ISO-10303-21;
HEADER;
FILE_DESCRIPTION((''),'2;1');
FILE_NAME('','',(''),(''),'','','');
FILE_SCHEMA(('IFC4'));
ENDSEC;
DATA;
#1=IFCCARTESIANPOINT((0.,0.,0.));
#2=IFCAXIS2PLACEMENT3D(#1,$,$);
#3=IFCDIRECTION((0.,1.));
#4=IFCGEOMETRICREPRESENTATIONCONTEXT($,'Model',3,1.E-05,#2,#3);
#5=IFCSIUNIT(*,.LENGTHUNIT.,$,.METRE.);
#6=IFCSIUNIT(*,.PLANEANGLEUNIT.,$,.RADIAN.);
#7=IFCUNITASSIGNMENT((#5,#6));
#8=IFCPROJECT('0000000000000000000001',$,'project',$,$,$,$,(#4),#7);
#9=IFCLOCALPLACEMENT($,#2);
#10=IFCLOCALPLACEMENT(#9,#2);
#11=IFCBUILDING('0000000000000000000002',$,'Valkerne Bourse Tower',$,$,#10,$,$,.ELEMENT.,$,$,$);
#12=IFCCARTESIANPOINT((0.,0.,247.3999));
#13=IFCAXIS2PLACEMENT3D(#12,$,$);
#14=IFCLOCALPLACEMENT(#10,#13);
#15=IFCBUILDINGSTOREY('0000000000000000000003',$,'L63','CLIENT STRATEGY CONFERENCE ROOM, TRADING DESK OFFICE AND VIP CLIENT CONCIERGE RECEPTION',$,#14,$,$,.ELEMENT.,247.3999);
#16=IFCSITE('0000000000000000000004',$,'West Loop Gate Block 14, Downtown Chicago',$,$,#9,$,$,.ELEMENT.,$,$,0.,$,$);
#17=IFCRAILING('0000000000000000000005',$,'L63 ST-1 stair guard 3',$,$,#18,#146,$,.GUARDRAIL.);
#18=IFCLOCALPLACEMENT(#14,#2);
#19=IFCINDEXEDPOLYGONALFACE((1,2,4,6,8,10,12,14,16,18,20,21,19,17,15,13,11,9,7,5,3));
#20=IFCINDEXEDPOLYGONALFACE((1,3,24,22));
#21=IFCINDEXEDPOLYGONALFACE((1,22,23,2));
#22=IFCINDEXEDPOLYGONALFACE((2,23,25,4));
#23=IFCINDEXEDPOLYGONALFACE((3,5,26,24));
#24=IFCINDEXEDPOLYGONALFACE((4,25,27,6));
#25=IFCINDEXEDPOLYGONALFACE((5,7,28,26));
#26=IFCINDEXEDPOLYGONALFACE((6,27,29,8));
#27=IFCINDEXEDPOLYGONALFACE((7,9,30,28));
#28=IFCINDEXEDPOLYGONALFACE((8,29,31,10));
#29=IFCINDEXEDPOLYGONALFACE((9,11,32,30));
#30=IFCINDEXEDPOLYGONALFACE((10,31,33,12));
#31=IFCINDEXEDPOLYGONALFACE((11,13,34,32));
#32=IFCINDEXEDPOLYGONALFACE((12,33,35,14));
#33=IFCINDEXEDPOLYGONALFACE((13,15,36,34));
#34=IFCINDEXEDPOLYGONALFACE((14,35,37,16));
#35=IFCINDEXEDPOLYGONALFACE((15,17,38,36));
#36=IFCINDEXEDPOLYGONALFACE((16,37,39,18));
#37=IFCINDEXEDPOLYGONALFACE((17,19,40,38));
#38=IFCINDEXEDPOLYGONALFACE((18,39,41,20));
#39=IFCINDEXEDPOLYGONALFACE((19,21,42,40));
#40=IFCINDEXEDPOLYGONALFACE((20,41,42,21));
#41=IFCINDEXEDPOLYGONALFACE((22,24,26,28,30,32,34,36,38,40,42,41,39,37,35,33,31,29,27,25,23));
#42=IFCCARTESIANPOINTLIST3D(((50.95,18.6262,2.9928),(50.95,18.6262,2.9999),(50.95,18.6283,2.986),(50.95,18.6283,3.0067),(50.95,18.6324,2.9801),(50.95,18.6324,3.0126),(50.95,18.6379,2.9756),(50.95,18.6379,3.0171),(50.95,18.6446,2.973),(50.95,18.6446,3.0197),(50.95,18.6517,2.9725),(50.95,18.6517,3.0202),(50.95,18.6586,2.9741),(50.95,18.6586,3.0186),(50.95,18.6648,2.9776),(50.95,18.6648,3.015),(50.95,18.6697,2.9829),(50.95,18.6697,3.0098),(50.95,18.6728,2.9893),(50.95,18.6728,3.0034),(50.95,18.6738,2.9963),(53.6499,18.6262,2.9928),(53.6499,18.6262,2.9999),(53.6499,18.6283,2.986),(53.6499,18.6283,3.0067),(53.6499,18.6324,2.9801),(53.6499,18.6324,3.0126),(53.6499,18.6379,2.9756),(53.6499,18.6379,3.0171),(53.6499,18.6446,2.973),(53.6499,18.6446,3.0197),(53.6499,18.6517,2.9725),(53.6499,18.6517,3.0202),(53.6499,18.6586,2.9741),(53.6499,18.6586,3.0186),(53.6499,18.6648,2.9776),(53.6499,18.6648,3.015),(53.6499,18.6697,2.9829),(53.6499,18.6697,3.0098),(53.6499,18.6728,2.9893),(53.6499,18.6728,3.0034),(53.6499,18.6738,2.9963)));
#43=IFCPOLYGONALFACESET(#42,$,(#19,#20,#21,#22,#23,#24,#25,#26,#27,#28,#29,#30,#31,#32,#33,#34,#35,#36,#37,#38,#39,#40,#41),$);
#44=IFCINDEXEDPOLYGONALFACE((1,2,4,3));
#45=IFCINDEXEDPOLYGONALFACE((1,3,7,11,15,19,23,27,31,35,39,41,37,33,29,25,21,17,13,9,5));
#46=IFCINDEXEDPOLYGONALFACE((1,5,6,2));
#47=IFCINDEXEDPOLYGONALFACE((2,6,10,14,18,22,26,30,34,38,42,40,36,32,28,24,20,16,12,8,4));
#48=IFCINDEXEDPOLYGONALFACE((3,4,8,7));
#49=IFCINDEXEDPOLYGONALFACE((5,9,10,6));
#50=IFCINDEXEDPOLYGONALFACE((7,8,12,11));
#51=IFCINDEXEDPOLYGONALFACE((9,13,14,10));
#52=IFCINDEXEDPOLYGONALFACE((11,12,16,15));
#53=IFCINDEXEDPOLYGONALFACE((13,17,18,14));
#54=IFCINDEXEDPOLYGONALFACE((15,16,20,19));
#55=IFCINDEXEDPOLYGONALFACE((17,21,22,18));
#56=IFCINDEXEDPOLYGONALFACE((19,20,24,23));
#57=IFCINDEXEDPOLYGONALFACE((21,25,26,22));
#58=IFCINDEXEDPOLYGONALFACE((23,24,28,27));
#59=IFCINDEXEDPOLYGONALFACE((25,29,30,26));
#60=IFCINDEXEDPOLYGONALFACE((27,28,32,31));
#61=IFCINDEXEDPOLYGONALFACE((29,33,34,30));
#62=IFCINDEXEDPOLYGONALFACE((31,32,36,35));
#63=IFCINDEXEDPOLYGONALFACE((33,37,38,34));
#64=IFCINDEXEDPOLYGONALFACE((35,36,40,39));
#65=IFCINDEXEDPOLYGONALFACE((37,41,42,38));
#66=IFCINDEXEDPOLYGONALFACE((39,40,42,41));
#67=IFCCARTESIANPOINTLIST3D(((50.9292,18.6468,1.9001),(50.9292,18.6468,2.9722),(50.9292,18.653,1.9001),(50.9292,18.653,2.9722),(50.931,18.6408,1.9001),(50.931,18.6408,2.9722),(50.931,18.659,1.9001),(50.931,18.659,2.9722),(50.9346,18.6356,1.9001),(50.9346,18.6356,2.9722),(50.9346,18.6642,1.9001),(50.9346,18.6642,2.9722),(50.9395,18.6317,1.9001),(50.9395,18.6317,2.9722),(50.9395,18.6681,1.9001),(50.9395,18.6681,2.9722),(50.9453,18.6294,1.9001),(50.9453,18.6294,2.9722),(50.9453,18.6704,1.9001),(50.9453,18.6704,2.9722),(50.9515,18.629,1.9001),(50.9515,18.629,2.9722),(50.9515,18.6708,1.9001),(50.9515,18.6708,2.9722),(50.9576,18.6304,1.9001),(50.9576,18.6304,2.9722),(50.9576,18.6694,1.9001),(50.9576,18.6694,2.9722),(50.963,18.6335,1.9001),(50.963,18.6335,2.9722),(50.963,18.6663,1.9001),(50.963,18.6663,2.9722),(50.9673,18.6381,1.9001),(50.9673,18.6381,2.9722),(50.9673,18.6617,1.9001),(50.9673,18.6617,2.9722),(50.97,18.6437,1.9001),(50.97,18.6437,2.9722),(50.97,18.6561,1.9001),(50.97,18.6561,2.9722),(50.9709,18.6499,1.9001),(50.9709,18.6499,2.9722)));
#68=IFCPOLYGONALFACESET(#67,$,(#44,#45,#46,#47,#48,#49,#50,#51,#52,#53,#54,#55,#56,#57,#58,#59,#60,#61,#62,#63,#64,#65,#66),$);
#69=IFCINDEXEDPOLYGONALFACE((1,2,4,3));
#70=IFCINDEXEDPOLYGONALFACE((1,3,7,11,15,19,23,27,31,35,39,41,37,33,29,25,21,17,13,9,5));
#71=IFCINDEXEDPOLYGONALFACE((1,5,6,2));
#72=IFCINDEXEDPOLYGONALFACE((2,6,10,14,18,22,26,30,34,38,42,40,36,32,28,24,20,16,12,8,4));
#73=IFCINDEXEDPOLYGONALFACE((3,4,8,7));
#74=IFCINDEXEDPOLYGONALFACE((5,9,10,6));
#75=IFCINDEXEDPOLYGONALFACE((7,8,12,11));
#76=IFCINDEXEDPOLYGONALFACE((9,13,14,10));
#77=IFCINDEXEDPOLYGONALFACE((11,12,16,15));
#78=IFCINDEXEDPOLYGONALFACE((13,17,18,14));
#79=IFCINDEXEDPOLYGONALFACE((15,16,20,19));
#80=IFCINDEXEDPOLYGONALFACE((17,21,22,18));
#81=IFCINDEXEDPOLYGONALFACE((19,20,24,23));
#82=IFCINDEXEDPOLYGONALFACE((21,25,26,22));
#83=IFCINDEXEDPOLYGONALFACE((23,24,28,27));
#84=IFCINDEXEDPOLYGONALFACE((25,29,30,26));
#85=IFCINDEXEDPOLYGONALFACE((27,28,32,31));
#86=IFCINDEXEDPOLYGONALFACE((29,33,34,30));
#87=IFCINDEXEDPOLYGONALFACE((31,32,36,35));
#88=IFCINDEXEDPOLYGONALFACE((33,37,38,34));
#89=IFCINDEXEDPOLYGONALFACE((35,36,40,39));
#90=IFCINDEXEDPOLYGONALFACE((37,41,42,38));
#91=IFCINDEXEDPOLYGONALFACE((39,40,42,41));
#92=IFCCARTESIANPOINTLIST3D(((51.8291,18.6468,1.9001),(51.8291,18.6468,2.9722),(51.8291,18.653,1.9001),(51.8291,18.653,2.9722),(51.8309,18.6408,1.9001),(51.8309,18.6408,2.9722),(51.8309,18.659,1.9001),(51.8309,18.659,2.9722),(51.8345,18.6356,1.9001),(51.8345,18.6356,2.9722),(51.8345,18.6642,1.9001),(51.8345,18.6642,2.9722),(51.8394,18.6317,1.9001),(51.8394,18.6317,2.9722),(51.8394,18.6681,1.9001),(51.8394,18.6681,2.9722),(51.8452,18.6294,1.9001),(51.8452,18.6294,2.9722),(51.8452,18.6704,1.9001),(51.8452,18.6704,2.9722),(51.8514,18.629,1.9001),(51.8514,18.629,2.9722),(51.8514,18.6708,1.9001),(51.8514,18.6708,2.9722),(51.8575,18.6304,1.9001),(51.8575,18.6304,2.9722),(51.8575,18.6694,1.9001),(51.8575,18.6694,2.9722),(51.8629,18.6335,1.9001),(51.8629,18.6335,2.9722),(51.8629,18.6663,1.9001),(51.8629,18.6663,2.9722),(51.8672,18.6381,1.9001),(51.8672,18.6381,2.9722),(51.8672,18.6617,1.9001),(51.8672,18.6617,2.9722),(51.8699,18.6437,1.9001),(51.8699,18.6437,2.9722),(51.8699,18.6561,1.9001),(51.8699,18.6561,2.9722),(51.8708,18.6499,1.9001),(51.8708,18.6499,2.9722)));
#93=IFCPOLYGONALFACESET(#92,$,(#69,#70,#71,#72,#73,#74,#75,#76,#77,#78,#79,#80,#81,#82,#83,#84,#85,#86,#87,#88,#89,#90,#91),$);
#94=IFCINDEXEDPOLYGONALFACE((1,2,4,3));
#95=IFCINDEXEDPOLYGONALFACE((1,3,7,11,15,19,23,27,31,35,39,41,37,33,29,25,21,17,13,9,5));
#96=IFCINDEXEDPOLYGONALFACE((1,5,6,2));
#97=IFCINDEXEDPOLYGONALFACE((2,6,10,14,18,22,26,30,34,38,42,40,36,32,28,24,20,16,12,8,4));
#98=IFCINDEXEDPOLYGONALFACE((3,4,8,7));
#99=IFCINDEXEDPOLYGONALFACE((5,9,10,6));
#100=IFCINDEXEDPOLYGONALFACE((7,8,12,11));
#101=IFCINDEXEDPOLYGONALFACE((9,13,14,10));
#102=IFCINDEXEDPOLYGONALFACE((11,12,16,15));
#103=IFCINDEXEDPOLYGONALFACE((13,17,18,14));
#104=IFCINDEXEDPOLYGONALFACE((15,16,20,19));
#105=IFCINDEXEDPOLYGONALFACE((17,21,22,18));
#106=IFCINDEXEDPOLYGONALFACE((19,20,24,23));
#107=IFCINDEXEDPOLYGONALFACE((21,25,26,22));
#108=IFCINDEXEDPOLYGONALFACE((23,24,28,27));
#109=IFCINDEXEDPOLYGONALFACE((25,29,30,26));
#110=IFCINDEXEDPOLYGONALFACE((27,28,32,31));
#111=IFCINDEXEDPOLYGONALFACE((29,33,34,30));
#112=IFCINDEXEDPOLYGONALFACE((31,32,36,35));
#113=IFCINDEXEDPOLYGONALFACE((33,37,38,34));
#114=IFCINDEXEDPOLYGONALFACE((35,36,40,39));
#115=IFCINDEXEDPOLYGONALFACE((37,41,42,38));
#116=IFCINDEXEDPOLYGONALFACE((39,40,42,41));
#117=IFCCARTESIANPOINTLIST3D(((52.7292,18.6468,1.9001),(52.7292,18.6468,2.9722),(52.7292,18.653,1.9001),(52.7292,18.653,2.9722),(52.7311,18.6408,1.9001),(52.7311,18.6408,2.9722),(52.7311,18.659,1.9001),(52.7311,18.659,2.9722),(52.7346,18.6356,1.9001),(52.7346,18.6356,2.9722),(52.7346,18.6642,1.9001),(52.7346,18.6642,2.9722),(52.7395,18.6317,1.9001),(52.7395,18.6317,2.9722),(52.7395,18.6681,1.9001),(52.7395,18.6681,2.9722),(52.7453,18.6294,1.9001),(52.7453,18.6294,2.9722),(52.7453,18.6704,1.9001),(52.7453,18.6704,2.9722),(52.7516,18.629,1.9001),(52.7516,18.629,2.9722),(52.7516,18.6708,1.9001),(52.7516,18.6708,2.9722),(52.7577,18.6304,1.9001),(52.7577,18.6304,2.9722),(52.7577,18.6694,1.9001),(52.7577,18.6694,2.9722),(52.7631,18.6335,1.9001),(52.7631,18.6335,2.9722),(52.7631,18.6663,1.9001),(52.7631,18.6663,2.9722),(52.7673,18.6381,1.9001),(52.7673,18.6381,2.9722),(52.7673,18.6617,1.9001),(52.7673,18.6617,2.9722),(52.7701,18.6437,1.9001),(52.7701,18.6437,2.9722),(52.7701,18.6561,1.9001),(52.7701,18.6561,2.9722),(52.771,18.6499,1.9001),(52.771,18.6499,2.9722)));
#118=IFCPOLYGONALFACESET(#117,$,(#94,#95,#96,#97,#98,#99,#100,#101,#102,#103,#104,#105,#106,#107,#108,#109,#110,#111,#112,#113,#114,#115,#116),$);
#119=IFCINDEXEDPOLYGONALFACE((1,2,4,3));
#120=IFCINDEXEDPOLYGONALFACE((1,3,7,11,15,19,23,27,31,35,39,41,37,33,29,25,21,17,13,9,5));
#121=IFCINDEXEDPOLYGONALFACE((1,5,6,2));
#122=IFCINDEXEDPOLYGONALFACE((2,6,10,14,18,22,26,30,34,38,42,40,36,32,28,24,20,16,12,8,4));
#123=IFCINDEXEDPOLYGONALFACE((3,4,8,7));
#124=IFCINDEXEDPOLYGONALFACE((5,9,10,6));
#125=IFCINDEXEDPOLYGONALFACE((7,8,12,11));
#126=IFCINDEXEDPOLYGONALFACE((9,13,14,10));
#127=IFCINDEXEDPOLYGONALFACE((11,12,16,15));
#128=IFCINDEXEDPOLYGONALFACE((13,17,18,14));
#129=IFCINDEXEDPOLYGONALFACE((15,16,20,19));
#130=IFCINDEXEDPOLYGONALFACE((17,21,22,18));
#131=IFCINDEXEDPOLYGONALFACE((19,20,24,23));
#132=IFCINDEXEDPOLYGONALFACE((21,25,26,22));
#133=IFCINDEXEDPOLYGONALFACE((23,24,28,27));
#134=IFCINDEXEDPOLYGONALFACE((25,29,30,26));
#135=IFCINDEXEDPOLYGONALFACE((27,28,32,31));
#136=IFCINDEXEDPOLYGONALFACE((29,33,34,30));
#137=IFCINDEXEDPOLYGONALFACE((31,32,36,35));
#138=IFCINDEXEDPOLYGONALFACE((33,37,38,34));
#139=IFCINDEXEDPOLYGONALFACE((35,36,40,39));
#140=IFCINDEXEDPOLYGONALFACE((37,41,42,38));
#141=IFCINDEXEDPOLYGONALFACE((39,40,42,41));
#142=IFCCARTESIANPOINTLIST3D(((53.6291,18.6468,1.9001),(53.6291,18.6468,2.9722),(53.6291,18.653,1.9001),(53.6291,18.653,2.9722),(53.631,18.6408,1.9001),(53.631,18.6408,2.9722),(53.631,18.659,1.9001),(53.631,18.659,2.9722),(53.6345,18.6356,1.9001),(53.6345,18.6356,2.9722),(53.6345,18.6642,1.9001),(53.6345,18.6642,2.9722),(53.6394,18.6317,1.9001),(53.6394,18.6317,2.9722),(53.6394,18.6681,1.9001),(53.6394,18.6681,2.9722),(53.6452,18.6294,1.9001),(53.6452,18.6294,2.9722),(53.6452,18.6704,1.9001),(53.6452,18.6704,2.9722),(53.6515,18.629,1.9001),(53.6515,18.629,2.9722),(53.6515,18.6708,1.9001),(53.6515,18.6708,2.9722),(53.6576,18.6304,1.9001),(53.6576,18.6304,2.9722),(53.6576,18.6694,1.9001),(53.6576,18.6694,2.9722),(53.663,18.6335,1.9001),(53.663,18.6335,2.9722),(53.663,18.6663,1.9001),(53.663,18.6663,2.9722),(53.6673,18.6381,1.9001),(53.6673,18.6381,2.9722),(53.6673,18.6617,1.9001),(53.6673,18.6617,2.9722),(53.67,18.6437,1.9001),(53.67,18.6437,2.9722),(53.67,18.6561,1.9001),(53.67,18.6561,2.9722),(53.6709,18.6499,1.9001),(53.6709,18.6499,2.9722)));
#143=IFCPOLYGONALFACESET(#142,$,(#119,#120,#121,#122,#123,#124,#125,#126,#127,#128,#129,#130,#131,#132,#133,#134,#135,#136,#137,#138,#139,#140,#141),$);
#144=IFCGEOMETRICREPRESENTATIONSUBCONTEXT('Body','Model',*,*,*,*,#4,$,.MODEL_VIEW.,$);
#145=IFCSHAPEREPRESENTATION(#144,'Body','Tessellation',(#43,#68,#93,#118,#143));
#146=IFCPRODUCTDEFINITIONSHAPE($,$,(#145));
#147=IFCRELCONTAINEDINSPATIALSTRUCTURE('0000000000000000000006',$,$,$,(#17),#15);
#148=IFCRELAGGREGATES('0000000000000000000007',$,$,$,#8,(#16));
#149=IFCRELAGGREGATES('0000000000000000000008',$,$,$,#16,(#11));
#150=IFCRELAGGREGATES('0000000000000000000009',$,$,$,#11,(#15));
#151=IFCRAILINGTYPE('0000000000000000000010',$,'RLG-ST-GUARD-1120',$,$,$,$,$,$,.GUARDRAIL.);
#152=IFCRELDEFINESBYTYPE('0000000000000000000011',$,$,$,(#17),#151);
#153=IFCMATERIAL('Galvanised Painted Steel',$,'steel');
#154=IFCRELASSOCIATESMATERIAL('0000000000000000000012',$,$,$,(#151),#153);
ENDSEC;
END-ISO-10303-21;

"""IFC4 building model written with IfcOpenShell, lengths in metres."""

from ifc_helpers import new_model, si_unit, direction, frame, origin, origin_2d, place, context, subcontext, project, spatial, circle, extrude, material, type_object, element, save


model = new_model("IFC4")

# Units and contexts
model_context = context("Model", 3, precision=1e-05, world=origin(), true_north=direction((0.0, 1.0)))
body_context = subcontext(model_context, "Body", "Model", "MODEL_VIEW")
ifc_project = project(units=[si_unit("LENGTHUNIT", "METRE"), si_unit("PLANEANGLEUNIT", "RADIAN")], contexts=[model_context])

# Site, building, storey
site_placement = place(None, origin())
site = spatial("IfcSite", under=ifc_project, at=site_placement, Name="West Loop Gate Block 14, Downtown Chicago", CompositionType="ELEMENT", RefElevation=0.0)
building_placement = place(site_placement, origin())
building = spatial("IfcBuilding", under=site, at=building_placement, Name="Valkerne Bourse Tower", CompositionType="ELEMENT")
storey_placement = place(building_placement, frame((0.0, 0.0, 247.3999)))
storey = spatial("IfcBuildingStorey", under=building, at=storey_placement, Name="L63", Description="CLIENT STRATEGY CONFERENCE ROOM, TRADING DESK OFFICE AND VIP CLIENT CONCIERGE RECEPTION", CompositionType="ELEMENT", Elevation=247.3999)

# Shared definitions
ifc_material_1 = material(Name="Galvanised Painted Steel", Category="steel")

# Railing
railing_type_1 = type_object("IfcRailingType", Name="RLG-ST-GUARD-1120", PredefinedType="GUARDRAIL", material=ifc_material_1)
railing_1_placement = place(storey_placement, frame((50.95, 18.6499, 1.9001)))
element("IfcRailing", 1, at=railing_1_placement, inside=storey, type_object=railing_type_1, Name="L63 ST-1 stair guard 3", PredefinedType="GUARDRAIL", context=body_context, shape_type="SweptSolid", body=[
    extrude(circle(Radius=0.0239, at=origin_2d()), frame((0.0, 0.0, 1.0962), z_axis=(1.0, 0.0, 0.0), x_axis=(0.0, 1.0, 0.0)), (0.0, 0.0, 1.0), 2.7),
    extrude(circle(Radius=0.021, at=origin_2d()), origin(), (0.0, 0.0, 1.0), 1.072),
    extrude(circle(Radius=0.021, at=origin_2d()), frame((0.8999, 0.0, 0.0)), (0.0, 0.0, 1.0), 1.072),
    extrude(circle(Radius=0.021, at=origin_2d()), frame((1.8, 0.0, 0.0)), (0.0, 0.0, 1.0), 1.072),
    extrude(circle(Radius=0.021, at=origin_2d()), frame((2.7, 0.0, 0.0)), (0.0, 0.0, 1.0), 1.072),
])

save(model, "model.ifc")
